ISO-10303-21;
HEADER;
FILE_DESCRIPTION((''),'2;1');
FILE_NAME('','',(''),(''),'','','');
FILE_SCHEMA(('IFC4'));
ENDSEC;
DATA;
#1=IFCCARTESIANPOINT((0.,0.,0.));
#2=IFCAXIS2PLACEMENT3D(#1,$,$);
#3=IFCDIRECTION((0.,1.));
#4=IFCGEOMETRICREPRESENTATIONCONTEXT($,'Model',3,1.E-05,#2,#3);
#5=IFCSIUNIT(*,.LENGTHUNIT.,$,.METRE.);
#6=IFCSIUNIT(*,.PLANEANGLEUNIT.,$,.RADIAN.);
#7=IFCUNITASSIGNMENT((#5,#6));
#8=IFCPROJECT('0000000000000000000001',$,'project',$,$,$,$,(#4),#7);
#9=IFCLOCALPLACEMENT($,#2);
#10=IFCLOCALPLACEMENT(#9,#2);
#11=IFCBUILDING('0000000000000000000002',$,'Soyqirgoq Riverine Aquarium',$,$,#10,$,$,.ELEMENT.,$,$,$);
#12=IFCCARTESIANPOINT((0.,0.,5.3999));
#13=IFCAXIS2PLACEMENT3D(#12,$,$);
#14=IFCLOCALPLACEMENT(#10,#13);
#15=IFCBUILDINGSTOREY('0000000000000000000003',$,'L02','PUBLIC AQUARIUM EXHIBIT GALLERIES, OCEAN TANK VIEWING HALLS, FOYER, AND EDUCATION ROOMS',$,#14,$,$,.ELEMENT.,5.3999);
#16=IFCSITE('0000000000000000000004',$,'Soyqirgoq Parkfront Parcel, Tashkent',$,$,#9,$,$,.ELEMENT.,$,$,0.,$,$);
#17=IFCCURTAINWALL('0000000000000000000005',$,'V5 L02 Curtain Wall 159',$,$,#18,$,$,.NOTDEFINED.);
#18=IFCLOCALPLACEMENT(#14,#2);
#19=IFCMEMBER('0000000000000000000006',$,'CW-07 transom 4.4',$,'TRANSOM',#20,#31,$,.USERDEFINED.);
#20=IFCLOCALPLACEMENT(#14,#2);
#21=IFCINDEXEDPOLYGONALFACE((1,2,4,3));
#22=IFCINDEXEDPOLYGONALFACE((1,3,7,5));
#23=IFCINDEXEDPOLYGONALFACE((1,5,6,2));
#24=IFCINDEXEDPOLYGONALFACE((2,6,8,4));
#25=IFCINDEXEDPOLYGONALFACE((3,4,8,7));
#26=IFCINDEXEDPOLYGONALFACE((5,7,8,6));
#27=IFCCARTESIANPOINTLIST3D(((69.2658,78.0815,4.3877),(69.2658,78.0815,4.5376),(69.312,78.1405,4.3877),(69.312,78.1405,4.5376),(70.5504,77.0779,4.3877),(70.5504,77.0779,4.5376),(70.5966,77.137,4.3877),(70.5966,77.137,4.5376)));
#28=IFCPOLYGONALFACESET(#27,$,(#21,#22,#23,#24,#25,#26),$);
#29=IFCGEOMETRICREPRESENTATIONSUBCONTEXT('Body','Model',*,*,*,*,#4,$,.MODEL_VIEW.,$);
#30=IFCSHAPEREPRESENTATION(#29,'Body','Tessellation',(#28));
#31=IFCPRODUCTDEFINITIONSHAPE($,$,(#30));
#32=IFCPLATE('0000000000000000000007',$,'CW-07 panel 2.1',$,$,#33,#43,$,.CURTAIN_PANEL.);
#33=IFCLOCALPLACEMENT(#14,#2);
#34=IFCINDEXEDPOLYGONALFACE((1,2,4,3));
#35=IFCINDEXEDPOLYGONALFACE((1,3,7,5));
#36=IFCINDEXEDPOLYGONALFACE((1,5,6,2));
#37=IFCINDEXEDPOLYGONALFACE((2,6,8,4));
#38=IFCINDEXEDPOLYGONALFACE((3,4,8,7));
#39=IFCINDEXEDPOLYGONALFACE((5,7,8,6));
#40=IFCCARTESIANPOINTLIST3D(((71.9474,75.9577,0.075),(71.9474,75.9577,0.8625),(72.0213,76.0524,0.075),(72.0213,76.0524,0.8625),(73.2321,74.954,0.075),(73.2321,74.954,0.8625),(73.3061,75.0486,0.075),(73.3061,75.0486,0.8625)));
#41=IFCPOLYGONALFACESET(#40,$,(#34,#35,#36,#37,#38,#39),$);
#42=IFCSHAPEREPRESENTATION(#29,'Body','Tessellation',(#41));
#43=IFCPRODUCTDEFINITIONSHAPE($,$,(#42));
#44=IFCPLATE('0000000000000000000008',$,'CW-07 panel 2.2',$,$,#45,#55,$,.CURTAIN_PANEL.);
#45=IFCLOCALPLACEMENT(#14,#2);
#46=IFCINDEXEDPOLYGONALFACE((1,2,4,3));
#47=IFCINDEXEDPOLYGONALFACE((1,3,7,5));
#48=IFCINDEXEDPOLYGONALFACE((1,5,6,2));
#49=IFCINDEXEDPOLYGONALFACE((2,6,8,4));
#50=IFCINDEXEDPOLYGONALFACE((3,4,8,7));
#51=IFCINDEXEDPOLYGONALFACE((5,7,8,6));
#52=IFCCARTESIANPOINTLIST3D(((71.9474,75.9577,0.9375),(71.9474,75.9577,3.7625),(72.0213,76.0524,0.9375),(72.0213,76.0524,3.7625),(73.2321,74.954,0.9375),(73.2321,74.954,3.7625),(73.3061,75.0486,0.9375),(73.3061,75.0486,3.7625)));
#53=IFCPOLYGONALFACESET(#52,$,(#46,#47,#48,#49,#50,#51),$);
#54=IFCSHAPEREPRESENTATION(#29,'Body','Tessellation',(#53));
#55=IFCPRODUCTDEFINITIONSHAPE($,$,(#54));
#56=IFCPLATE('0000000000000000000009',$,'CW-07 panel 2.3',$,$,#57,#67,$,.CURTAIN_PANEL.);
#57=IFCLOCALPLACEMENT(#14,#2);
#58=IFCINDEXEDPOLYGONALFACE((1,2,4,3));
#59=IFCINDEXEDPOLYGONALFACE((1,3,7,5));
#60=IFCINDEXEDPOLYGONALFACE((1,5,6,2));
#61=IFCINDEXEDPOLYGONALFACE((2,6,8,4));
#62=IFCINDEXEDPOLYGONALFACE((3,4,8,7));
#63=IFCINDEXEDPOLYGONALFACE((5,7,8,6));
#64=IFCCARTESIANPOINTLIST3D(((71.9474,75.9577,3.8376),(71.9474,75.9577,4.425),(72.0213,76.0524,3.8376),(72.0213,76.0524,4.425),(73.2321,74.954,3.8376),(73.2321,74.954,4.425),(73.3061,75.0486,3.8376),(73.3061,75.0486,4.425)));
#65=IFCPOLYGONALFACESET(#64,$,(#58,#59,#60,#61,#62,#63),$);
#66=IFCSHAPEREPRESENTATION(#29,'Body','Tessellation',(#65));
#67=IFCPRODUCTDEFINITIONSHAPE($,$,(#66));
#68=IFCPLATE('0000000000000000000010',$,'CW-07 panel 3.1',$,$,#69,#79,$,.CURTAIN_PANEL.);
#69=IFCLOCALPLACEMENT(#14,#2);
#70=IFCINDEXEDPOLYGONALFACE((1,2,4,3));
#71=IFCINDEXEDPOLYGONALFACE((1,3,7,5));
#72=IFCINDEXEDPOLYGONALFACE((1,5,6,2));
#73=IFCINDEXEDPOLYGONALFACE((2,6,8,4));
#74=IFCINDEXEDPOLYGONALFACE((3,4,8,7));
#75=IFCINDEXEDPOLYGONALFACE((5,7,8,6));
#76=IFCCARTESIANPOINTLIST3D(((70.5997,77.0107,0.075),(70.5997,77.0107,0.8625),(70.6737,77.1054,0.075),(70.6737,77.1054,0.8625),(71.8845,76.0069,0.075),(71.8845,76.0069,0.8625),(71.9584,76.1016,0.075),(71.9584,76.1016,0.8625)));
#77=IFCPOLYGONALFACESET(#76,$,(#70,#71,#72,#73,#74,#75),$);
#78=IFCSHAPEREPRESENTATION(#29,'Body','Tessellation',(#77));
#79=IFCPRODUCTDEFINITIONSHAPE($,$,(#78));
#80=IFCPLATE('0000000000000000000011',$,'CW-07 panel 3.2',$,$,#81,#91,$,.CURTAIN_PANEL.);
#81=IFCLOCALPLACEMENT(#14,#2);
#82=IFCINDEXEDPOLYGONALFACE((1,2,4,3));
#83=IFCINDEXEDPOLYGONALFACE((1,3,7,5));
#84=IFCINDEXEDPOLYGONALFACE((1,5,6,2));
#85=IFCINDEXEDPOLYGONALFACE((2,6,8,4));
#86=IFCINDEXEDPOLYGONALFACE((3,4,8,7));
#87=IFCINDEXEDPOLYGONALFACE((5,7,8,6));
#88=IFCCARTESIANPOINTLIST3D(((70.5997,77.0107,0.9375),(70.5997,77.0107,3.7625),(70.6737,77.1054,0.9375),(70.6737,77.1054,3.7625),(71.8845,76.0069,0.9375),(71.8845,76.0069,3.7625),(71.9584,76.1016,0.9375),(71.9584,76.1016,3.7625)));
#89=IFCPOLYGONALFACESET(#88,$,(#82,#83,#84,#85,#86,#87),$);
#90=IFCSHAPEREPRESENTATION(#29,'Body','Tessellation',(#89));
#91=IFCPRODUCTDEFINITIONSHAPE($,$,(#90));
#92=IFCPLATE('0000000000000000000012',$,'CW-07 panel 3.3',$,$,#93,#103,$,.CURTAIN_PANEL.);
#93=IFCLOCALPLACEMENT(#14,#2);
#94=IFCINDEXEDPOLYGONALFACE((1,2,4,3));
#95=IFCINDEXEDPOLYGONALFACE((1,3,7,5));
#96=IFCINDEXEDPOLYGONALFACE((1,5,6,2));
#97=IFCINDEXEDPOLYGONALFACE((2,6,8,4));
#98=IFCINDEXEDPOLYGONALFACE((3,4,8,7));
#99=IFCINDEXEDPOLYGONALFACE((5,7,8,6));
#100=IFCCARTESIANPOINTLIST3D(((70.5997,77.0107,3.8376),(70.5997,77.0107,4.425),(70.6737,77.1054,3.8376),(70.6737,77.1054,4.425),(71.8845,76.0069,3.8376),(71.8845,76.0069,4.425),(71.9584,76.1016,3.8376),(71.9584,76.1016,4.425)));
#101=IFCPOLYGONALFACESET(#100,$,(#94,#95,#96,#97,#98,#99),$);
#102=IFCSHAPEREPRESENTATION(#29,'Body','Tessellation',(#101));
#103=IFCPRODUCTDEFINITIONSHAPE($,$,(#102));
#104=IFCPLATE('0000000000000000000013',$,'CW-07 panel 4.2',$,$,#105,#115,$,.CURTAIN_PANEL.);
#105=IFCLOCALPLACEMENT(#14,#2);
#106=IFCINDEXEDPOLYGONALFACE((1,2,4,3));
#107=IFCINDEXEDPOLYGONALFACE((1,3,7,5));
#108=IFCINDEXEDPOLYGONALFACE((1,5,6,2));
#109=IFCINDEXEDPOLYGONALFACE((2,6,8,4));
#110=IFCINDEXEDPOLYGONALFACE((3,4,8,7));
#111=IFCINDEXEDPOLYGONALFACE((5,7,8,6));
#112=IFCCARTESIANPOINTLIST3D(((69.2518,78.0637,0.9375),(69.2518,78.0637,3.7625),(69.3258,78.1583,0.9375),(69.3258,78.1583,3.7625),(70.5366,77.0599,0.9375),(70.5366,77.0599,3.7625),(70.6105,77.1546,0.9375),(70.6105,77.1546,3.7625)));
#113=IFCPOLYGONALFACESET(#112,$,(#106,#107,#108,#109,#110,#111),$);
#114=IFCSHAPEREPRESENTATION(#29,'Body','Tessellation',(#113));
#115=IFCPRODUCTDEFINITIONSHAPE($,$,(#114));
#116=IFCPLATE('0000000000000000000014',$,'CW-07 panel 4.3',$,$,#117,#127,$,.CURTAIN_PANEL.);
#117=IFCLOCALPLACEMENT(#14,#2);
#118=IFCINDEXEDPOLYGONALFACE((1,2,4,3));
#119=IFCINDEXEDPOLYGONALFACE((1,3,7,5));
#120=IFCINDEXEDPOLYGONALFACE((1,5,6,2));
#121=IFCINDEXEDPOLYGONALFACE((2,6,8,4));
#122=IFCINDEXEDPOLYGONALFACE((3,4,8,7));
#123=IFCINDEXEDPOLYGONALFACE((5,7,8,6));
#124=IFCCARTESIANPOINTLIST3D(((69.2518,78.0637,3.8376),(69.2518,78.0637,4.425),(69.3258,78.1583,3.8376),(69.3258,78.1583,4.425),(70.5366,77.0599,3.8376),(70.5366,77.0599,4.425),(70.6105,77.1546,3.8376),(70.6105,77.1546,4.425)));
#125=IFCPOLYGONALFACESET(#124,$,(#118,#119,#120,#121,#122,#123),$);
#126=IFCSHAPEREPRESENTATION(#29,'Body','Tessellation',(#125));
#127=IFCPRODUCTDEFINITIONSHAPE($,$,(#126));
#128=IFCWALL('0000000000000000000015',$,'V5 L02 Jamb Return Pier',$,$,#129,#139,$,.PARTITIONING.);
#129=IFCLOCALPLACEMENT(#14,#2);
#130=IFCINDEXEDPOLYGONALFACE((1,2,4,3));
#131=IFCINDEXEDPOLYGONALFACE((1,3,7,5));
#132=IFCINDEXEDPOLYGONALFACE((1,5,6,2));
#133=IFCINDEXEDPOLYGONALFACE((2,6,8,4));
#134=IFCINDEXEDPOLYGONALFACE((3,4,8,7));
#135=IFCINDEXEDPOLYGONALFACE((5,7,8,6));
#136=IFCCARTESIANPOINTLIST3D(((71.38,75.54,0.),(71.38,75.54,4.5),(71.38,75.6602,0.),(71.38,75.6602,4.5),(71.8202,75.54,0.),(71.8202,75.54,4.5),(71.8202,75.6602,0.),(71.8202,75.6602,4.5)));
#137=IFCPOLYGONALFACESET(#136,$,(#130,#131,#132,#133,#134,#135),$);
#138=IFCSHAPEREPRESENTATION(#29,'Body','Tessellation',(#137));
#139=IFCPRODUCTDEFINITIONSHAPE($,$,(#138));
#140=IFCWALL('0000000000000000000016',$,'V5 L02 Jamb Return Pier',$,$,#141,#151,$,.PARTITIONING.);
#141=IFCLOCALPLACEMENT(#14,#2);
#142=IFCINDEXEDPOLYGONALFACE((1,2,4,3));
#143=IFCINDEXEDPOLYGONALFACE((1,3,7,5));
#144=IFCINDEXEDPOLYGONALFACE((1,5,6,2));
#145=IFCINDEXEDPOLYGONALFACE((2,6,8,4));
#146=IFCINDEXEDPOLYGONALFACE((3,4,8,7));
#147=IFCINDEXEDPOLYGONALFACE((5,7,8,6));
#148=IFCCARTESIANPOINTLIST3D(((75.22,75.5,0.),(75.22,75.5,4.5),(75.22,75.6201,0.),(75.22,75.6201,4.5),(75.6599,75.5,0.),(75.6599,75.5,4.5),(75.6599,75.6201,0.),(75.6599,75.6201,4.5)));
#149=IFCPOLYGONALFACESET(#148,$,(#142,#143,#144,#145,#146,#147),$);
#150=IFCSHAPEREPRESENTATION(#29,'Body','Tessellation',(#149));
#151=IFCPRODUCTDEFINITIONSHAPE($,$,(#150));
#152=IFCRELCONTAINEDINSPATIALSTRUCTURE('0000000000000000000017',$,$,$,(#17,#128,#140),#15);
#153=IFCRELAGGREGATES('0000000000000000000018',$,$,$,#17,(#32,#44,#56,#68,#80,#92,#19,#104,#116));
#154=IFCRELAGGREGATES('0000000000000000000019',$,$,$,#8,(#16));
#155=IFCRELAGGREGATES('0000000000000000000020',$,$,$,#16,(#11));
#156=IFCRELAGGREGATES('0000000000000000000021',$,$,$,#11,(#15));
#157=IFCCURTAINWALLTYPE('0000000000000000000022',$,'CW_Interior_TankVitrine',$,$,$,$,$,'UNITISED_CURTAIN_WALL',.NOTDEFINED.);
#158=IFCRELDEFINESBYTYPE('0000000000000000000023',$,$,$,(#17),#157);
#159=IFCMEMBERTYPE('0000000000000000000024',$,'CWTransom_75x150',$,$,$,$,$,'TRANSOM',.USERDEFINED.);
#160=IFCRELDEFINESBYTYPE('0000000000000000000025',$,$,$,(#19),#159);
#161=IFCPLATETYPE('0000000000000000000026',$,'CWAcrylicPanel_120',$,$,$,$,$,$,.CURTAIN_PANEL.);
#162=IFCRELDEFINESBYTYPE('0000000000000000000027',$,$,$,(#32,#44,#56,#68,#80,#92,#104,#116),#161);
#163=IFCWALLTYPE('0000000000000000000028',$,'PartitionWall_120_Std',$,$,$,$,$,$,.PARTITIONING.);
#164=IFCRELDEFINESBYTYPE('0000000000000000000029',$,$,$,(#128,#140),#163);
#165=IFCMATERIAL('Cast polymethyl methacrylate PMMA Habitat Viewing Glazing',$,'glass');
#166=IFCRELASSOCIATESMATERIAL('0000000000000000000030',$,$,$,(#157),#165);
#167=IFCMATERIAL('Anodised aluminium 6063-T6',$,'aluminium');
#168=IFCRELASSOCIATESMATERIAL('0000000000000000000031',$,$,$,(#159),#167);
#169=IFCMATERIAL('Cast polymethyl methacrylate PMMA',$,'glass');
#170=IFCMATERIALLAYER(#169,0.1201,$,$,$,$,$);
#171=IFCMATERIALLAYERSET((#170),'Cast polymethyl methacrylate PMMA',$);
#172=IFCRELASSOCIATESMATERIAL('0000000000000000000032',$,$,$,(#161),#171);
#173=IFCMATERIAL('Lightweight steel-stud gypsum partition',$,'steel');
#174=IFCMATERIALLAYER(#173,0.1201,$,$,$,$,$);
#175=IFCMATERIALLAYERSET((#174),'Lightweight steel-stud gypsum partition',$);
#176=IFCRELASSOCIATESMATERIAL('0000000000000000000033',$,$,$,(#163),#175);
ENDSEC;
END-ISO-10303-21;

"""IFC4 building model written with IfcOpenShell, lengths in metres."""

from ifc_helpers import new_model, si_unit, direction, frame, frame_2d, origin, origin_2d, place, context, subcontext, project, spatial, rectangle, extrude, material, layer, layer_set, material_profile, profile_set, type_object, element, aggregate, save


model = new_model("IFC4")

# Units and contexts
model_context = context("Model", 3, precision=1e-05, world=origin(), true_north=direction((0.0, 1.0)))
body_context = subcontext(model_context, "Body", "Model", "MODEL_VIEW")
ifc_project = project(units=[si_unit("LENGTHUNIT", "METRE"), si_unit("PLANEANGLEUNIT", "RADIAN")], contexts=[model_context])

# Site, building, storey
site_placement = place(None, origin())
site = spatial("IfcSite", under=ifc_project, at=site_placement, Name="Soyqirgoq Parkfront Parcel, Tashkent", CompositionType="ELEMENT", RefElevation=0.0)
building_placement = place(site_placement, origin())
building = spatial("IfcBuilding", under=site, at=building_placement, Name="Soyqirgoq Riverine Aquarium", CompositionType="ELEMENT")
storey_placement = place(building_placement, frame((0.0, 0.0, 5.3999)))
storey = spatial("IfcBuildingStorey", under=building, at=storey_placement, Name="L02", Description="PUBLIC AQUARIUM EXHIBIT GALLERIES, OCEAN TANK VIEWING HALLS, FOYER, AND EDUCATION ROOMS", CompositionType="ELEMENT", Elevation=5.3999)

# Curtain wall, member, plates
ifc_material_1 = material(Name="Cast polymethyl methacrylate PMMA Habitat Viewing Glazing", Category="glass")
curtain_wall_type = type_object("IfcCurtainWallType", Name="CW_Interior_TankVitrine", ElementType="UNITISED_CURTAIN_WALL", PredefinedType="NOTDEFINED", material=ifc_material_1)
curtain_wall_placement = place(storey_placement, origin())
curtain_wall = element("IfcCurtainWall", 1, at=curtain_wall_placement, inside=storey, type_object=curtain_wall_type, Name="V5 L02 Curtain Wall 159", PredefinedType="NOTDEFINED")
ifc_material_2 = material(Name="Anodised aluminium 6063-T6", Category="aluminium")
ifc_material_profile_1 = material_profile(ifc_material_2, rectangle(XDim=0.075, YDim=0.1499, at=origin_2d()), Name="ALU-T 75x150")
ifc_profile_set_1 = profile_set([ifc_material_profile_1], Name="Anodised aluminium 6063-T6")
member_type_1 = type_object("IfcMemberType", Name="CWTransom_75x150", ElementType="TRANSOM", PredefinedType="USERDEFINED", material=ifc_profile_set_1)
member_1_placement = place(storey_placement, frame((70.5735, 77.1074, 4.4626), z_axis=(-0.78802, 0.61565, 0.0), x_axis=(-0.61565, -0.78802, 0.0)))
member_1 = element("IfcMember", 2, at=member_1_placement, type_object=member_type_1, Name="CW-07 transom 4.4", ObjectType="TRANSOM", PredefinedType="USERDEFINED", context=body_context, shape_type="SweptSolid", body=[
    extrude(rectangle(XDim=0.075, YDim=0.1499, at=origin_2d()), origin(), (0.0, 0.0, 1.0), 1.6301),
])
ifc_material_3 = material(Name="Cast polymethyl methacrylate PMMA", Category="glass")
ifc_layer_1 = layer(ifc_material_3, 0.1201)
ifc_layer_set_1 = layer_set([ifc_layer_1], Name="Cast polymethyl methacrylate PMMA")
plate_type = type_object("IfcPlateType", Name="CWAcrylicPanel_120", PredefinedType="CURTAIN_PANEL", material=ifc_layer_set_1)
plate_1_placement = place(storey_placement, frame((72.6267, 75.5032, 0.075), z_axis=(0.0, 0.0, 1.0), x_axis=(-0.788011, 0.615661, 0.0)))
plate_1 = element("IfcPlate", 3, at=plate_1_placement, type_object=plate_type, Name="CW-07 panel 2.1", PredefinedType="CURTAIN_PANEL", context=body_context, shape_type="SweptSolid", body=[
    extrude(rectangle(XDim=1.6304, YDim=0.1201, at=origin_2d()), origin(), (0.0, 0.0, 1.0), 0.7876),
])
plate_2_placement = place(storey_placement, frame((72.6267, 75.5032, 0.9375), z_axis=(0.0, 0.0, 1.0), x_axis=(-0.788011, 0.615661, 0.0)))
plate_2 = element("IfcPlate", 4, at=plate_2_placement, type_object=plate_type, Name="CW-07 panel 2.2", PredefinedType="CURTAIN_PANEL", context=body_context, shape_type="SweptSolid", body=[
    extrude(rectangle(XDim=1.6304, YDim=0.1201, at=origin_2d()), origin(), (0.0, 0.0, 1.0), 2.825),
])
plate_3_placement = place(storey_placement, frame((72.6267, 75.5032, 3.8376), z_axis=(0.0, 0.0, 1.0), x_axis=(-0.788011, 0.615661, 0.0)))
plate_3 = element("IfcPlate", 5, at=plate_3_placement, type_object=plate_type, Name="CW-07 panel 2.3", PredefinedType="CURTAIN_PANEL", context=body_context, shape_type="SweptSolid", body=[
    extrude(rectangle(XDim=1.6304, YDim=0.1201, at=origin_2d()), origin(), (0.0, 0.0, 1.0), 0.5874),
])
plate_4_placement = place(storey_placement, frame((71.2791, 76.5562, 0.075), z_axis=(0.0, 0.0, 1.0), x_axis=(-0.788011, 0.615661, 0.0)))
plate_4 = element("IfcPlate", 6, at=plate_4_placement, type_object=plate_type, Name="CW-07 panel 3.1", PredefinedType="CURTAIN_PANEL", context=body_context, shape_type="SweptSolid", body=[
    extrude(rectangle(XDim=1.6304, YDim=0.1201, at=origin_2d()), origin(), (0.0, 0.0, 1.0), 0.7876),
])
plate_5_placement = place(storey_placement, frame((71.2791, 76.5562, 0.9375), z_axis=(0.0, 0.0, 1.0), x_axis=(-0.788011, 0.615661, 0.0)))
plate_5 = element("IfcPlate", 7, at=plate_5_placement, type_object=plate_type, Name="CW-07 panel 3.2", PredefinedType="CURTAIN_PANEL", context=body_context, shape_type="SweptSolid", body=[
    extrude(rectangle(XDim=1.6304, YDim=0.1201, at=origin_2d()), origin(), (0.0, 0.0, 1.0), 2.825),
])
plate_6_placement = place(storey_placement, frame((71.2791, 76.5562, 3.8376), z_axis=(0.0, 0.0, 1.0), x_axis=(-0.788011, 0.615661, 0.0)))
plate_6 = element("IfcPlate", 8, at=plate_6_placement, type_object=plate_type, Name="CW-07 panel 3.3", PredefinedType="CURTAIN_PANEL", context=body_context, shape_type="SweptSolid", body=[
    extrude(rectangle(XDim=1.6304, YDim=0.1201, at=origin_2d()), origin(), (0.0, 0.0, 1.0), 0.5874),
])
plate_7_placement = place(storey_placement, frame((69.9312, 77.6091, 0.9375), z_axis=(0.0, 0.0, 1.0), x_axis=(-0.788011, 0.615661, 0.0)))
plate_7 = element("IfcPlate", 9, at=plate_7_placement, type_object=plate_type, Name="CW-07 panel 4.2", PredefinedType="CURTAIN_PANEL", context=body_context, shape_type="SweptSolid", body=[
    extrude(rectangle(XDim=1.6304, YDim=0.1201, at=origin_2d()), origin(), (0.0, 0.0, 1.0), 2.825),
])
plate_8_placement = place(storey_placement, frame((69.9312, 77.6091, 3.8376), z_axis=(0.0, 0.0, 1.0), x_axis=(-0.788011, 0.615661, 0.0)))
plate_8 = element("IfcPlate", 10, at=plate_8_placement, type_object=plate_type, Name="CW-07 panel 4.3", PredefinedType="CURTAIN_PANEL", context=body_context, shape_type="SweptSolid", body=[
    extrude(rectangle(XDim=1.6304, YDim=0.1201, at=origin_2d()), origin(), (0.0, 0.0, 1.0), 0.5874),
])
aggregate(curtain_wall, [plate_1, plate_2, plate_3, plate_4, plate_5, plate_6, member_1, plate_7, plate_8])

# Walls
ifc_material_4 = material(Name="Lightweight steel-stud gypsum partition", Category="steel")
ifc_layer_2 = layer(ifc_material_4, 0.1201)
ifc_layer_set_2 = layer_set([ifc_layer_2], Name="Lightweight steel-stud gypsum partition")
wall_type = type_object("IfcWallType", Name="PartitionWall_120_Std", PredefinedType="PARTITIONING", material=ifc_layer_set_2)
wall_1_placement = place(storey_placement, frame((71.3799, 75.6001, 0.0), z_axis=(0.0, 0.0, 1.0), x_axis=(1.0, 0.0, 0.0)))
element("IfcWall", 11, at=wall_1_placement, inside=storey, type_object=wall_type, Name="V5 L02 Jamb Return Pier", PredefinedType="PARTITIONING", context=body_context, shape_type="SweptSolid", body=[
    extrude(rectangle(XDim=0.4402, YDim=0.1201, at=frame_2d((0.2202, 0.0))), origin(), (0.0, 0.0, 1.0), 4.5),
])
wall_2_placement = place(storey_placement, frame((75.22, 75.5601, 0.0), z_axis=(0.0, 0.0, 1.0), x_axis=(1.0, 0.0, 0.0)))
element("IfcWall", 12, at=wall_2_placement, inside=storey, type_object=wall_type, Name="V5 L02 Jamb Return Pier", PredefinedType="PARTITIONING", context=body_context, shape_type="SweptSolid", body=[
    extrude(rectangle(XDim=0.4399, YDim=0.1201, at=frame_2d((0.22, 0.0))), origin(), (0.0, 0.0, 1.0), 4.5),
])

save(model, "model.ifc")
